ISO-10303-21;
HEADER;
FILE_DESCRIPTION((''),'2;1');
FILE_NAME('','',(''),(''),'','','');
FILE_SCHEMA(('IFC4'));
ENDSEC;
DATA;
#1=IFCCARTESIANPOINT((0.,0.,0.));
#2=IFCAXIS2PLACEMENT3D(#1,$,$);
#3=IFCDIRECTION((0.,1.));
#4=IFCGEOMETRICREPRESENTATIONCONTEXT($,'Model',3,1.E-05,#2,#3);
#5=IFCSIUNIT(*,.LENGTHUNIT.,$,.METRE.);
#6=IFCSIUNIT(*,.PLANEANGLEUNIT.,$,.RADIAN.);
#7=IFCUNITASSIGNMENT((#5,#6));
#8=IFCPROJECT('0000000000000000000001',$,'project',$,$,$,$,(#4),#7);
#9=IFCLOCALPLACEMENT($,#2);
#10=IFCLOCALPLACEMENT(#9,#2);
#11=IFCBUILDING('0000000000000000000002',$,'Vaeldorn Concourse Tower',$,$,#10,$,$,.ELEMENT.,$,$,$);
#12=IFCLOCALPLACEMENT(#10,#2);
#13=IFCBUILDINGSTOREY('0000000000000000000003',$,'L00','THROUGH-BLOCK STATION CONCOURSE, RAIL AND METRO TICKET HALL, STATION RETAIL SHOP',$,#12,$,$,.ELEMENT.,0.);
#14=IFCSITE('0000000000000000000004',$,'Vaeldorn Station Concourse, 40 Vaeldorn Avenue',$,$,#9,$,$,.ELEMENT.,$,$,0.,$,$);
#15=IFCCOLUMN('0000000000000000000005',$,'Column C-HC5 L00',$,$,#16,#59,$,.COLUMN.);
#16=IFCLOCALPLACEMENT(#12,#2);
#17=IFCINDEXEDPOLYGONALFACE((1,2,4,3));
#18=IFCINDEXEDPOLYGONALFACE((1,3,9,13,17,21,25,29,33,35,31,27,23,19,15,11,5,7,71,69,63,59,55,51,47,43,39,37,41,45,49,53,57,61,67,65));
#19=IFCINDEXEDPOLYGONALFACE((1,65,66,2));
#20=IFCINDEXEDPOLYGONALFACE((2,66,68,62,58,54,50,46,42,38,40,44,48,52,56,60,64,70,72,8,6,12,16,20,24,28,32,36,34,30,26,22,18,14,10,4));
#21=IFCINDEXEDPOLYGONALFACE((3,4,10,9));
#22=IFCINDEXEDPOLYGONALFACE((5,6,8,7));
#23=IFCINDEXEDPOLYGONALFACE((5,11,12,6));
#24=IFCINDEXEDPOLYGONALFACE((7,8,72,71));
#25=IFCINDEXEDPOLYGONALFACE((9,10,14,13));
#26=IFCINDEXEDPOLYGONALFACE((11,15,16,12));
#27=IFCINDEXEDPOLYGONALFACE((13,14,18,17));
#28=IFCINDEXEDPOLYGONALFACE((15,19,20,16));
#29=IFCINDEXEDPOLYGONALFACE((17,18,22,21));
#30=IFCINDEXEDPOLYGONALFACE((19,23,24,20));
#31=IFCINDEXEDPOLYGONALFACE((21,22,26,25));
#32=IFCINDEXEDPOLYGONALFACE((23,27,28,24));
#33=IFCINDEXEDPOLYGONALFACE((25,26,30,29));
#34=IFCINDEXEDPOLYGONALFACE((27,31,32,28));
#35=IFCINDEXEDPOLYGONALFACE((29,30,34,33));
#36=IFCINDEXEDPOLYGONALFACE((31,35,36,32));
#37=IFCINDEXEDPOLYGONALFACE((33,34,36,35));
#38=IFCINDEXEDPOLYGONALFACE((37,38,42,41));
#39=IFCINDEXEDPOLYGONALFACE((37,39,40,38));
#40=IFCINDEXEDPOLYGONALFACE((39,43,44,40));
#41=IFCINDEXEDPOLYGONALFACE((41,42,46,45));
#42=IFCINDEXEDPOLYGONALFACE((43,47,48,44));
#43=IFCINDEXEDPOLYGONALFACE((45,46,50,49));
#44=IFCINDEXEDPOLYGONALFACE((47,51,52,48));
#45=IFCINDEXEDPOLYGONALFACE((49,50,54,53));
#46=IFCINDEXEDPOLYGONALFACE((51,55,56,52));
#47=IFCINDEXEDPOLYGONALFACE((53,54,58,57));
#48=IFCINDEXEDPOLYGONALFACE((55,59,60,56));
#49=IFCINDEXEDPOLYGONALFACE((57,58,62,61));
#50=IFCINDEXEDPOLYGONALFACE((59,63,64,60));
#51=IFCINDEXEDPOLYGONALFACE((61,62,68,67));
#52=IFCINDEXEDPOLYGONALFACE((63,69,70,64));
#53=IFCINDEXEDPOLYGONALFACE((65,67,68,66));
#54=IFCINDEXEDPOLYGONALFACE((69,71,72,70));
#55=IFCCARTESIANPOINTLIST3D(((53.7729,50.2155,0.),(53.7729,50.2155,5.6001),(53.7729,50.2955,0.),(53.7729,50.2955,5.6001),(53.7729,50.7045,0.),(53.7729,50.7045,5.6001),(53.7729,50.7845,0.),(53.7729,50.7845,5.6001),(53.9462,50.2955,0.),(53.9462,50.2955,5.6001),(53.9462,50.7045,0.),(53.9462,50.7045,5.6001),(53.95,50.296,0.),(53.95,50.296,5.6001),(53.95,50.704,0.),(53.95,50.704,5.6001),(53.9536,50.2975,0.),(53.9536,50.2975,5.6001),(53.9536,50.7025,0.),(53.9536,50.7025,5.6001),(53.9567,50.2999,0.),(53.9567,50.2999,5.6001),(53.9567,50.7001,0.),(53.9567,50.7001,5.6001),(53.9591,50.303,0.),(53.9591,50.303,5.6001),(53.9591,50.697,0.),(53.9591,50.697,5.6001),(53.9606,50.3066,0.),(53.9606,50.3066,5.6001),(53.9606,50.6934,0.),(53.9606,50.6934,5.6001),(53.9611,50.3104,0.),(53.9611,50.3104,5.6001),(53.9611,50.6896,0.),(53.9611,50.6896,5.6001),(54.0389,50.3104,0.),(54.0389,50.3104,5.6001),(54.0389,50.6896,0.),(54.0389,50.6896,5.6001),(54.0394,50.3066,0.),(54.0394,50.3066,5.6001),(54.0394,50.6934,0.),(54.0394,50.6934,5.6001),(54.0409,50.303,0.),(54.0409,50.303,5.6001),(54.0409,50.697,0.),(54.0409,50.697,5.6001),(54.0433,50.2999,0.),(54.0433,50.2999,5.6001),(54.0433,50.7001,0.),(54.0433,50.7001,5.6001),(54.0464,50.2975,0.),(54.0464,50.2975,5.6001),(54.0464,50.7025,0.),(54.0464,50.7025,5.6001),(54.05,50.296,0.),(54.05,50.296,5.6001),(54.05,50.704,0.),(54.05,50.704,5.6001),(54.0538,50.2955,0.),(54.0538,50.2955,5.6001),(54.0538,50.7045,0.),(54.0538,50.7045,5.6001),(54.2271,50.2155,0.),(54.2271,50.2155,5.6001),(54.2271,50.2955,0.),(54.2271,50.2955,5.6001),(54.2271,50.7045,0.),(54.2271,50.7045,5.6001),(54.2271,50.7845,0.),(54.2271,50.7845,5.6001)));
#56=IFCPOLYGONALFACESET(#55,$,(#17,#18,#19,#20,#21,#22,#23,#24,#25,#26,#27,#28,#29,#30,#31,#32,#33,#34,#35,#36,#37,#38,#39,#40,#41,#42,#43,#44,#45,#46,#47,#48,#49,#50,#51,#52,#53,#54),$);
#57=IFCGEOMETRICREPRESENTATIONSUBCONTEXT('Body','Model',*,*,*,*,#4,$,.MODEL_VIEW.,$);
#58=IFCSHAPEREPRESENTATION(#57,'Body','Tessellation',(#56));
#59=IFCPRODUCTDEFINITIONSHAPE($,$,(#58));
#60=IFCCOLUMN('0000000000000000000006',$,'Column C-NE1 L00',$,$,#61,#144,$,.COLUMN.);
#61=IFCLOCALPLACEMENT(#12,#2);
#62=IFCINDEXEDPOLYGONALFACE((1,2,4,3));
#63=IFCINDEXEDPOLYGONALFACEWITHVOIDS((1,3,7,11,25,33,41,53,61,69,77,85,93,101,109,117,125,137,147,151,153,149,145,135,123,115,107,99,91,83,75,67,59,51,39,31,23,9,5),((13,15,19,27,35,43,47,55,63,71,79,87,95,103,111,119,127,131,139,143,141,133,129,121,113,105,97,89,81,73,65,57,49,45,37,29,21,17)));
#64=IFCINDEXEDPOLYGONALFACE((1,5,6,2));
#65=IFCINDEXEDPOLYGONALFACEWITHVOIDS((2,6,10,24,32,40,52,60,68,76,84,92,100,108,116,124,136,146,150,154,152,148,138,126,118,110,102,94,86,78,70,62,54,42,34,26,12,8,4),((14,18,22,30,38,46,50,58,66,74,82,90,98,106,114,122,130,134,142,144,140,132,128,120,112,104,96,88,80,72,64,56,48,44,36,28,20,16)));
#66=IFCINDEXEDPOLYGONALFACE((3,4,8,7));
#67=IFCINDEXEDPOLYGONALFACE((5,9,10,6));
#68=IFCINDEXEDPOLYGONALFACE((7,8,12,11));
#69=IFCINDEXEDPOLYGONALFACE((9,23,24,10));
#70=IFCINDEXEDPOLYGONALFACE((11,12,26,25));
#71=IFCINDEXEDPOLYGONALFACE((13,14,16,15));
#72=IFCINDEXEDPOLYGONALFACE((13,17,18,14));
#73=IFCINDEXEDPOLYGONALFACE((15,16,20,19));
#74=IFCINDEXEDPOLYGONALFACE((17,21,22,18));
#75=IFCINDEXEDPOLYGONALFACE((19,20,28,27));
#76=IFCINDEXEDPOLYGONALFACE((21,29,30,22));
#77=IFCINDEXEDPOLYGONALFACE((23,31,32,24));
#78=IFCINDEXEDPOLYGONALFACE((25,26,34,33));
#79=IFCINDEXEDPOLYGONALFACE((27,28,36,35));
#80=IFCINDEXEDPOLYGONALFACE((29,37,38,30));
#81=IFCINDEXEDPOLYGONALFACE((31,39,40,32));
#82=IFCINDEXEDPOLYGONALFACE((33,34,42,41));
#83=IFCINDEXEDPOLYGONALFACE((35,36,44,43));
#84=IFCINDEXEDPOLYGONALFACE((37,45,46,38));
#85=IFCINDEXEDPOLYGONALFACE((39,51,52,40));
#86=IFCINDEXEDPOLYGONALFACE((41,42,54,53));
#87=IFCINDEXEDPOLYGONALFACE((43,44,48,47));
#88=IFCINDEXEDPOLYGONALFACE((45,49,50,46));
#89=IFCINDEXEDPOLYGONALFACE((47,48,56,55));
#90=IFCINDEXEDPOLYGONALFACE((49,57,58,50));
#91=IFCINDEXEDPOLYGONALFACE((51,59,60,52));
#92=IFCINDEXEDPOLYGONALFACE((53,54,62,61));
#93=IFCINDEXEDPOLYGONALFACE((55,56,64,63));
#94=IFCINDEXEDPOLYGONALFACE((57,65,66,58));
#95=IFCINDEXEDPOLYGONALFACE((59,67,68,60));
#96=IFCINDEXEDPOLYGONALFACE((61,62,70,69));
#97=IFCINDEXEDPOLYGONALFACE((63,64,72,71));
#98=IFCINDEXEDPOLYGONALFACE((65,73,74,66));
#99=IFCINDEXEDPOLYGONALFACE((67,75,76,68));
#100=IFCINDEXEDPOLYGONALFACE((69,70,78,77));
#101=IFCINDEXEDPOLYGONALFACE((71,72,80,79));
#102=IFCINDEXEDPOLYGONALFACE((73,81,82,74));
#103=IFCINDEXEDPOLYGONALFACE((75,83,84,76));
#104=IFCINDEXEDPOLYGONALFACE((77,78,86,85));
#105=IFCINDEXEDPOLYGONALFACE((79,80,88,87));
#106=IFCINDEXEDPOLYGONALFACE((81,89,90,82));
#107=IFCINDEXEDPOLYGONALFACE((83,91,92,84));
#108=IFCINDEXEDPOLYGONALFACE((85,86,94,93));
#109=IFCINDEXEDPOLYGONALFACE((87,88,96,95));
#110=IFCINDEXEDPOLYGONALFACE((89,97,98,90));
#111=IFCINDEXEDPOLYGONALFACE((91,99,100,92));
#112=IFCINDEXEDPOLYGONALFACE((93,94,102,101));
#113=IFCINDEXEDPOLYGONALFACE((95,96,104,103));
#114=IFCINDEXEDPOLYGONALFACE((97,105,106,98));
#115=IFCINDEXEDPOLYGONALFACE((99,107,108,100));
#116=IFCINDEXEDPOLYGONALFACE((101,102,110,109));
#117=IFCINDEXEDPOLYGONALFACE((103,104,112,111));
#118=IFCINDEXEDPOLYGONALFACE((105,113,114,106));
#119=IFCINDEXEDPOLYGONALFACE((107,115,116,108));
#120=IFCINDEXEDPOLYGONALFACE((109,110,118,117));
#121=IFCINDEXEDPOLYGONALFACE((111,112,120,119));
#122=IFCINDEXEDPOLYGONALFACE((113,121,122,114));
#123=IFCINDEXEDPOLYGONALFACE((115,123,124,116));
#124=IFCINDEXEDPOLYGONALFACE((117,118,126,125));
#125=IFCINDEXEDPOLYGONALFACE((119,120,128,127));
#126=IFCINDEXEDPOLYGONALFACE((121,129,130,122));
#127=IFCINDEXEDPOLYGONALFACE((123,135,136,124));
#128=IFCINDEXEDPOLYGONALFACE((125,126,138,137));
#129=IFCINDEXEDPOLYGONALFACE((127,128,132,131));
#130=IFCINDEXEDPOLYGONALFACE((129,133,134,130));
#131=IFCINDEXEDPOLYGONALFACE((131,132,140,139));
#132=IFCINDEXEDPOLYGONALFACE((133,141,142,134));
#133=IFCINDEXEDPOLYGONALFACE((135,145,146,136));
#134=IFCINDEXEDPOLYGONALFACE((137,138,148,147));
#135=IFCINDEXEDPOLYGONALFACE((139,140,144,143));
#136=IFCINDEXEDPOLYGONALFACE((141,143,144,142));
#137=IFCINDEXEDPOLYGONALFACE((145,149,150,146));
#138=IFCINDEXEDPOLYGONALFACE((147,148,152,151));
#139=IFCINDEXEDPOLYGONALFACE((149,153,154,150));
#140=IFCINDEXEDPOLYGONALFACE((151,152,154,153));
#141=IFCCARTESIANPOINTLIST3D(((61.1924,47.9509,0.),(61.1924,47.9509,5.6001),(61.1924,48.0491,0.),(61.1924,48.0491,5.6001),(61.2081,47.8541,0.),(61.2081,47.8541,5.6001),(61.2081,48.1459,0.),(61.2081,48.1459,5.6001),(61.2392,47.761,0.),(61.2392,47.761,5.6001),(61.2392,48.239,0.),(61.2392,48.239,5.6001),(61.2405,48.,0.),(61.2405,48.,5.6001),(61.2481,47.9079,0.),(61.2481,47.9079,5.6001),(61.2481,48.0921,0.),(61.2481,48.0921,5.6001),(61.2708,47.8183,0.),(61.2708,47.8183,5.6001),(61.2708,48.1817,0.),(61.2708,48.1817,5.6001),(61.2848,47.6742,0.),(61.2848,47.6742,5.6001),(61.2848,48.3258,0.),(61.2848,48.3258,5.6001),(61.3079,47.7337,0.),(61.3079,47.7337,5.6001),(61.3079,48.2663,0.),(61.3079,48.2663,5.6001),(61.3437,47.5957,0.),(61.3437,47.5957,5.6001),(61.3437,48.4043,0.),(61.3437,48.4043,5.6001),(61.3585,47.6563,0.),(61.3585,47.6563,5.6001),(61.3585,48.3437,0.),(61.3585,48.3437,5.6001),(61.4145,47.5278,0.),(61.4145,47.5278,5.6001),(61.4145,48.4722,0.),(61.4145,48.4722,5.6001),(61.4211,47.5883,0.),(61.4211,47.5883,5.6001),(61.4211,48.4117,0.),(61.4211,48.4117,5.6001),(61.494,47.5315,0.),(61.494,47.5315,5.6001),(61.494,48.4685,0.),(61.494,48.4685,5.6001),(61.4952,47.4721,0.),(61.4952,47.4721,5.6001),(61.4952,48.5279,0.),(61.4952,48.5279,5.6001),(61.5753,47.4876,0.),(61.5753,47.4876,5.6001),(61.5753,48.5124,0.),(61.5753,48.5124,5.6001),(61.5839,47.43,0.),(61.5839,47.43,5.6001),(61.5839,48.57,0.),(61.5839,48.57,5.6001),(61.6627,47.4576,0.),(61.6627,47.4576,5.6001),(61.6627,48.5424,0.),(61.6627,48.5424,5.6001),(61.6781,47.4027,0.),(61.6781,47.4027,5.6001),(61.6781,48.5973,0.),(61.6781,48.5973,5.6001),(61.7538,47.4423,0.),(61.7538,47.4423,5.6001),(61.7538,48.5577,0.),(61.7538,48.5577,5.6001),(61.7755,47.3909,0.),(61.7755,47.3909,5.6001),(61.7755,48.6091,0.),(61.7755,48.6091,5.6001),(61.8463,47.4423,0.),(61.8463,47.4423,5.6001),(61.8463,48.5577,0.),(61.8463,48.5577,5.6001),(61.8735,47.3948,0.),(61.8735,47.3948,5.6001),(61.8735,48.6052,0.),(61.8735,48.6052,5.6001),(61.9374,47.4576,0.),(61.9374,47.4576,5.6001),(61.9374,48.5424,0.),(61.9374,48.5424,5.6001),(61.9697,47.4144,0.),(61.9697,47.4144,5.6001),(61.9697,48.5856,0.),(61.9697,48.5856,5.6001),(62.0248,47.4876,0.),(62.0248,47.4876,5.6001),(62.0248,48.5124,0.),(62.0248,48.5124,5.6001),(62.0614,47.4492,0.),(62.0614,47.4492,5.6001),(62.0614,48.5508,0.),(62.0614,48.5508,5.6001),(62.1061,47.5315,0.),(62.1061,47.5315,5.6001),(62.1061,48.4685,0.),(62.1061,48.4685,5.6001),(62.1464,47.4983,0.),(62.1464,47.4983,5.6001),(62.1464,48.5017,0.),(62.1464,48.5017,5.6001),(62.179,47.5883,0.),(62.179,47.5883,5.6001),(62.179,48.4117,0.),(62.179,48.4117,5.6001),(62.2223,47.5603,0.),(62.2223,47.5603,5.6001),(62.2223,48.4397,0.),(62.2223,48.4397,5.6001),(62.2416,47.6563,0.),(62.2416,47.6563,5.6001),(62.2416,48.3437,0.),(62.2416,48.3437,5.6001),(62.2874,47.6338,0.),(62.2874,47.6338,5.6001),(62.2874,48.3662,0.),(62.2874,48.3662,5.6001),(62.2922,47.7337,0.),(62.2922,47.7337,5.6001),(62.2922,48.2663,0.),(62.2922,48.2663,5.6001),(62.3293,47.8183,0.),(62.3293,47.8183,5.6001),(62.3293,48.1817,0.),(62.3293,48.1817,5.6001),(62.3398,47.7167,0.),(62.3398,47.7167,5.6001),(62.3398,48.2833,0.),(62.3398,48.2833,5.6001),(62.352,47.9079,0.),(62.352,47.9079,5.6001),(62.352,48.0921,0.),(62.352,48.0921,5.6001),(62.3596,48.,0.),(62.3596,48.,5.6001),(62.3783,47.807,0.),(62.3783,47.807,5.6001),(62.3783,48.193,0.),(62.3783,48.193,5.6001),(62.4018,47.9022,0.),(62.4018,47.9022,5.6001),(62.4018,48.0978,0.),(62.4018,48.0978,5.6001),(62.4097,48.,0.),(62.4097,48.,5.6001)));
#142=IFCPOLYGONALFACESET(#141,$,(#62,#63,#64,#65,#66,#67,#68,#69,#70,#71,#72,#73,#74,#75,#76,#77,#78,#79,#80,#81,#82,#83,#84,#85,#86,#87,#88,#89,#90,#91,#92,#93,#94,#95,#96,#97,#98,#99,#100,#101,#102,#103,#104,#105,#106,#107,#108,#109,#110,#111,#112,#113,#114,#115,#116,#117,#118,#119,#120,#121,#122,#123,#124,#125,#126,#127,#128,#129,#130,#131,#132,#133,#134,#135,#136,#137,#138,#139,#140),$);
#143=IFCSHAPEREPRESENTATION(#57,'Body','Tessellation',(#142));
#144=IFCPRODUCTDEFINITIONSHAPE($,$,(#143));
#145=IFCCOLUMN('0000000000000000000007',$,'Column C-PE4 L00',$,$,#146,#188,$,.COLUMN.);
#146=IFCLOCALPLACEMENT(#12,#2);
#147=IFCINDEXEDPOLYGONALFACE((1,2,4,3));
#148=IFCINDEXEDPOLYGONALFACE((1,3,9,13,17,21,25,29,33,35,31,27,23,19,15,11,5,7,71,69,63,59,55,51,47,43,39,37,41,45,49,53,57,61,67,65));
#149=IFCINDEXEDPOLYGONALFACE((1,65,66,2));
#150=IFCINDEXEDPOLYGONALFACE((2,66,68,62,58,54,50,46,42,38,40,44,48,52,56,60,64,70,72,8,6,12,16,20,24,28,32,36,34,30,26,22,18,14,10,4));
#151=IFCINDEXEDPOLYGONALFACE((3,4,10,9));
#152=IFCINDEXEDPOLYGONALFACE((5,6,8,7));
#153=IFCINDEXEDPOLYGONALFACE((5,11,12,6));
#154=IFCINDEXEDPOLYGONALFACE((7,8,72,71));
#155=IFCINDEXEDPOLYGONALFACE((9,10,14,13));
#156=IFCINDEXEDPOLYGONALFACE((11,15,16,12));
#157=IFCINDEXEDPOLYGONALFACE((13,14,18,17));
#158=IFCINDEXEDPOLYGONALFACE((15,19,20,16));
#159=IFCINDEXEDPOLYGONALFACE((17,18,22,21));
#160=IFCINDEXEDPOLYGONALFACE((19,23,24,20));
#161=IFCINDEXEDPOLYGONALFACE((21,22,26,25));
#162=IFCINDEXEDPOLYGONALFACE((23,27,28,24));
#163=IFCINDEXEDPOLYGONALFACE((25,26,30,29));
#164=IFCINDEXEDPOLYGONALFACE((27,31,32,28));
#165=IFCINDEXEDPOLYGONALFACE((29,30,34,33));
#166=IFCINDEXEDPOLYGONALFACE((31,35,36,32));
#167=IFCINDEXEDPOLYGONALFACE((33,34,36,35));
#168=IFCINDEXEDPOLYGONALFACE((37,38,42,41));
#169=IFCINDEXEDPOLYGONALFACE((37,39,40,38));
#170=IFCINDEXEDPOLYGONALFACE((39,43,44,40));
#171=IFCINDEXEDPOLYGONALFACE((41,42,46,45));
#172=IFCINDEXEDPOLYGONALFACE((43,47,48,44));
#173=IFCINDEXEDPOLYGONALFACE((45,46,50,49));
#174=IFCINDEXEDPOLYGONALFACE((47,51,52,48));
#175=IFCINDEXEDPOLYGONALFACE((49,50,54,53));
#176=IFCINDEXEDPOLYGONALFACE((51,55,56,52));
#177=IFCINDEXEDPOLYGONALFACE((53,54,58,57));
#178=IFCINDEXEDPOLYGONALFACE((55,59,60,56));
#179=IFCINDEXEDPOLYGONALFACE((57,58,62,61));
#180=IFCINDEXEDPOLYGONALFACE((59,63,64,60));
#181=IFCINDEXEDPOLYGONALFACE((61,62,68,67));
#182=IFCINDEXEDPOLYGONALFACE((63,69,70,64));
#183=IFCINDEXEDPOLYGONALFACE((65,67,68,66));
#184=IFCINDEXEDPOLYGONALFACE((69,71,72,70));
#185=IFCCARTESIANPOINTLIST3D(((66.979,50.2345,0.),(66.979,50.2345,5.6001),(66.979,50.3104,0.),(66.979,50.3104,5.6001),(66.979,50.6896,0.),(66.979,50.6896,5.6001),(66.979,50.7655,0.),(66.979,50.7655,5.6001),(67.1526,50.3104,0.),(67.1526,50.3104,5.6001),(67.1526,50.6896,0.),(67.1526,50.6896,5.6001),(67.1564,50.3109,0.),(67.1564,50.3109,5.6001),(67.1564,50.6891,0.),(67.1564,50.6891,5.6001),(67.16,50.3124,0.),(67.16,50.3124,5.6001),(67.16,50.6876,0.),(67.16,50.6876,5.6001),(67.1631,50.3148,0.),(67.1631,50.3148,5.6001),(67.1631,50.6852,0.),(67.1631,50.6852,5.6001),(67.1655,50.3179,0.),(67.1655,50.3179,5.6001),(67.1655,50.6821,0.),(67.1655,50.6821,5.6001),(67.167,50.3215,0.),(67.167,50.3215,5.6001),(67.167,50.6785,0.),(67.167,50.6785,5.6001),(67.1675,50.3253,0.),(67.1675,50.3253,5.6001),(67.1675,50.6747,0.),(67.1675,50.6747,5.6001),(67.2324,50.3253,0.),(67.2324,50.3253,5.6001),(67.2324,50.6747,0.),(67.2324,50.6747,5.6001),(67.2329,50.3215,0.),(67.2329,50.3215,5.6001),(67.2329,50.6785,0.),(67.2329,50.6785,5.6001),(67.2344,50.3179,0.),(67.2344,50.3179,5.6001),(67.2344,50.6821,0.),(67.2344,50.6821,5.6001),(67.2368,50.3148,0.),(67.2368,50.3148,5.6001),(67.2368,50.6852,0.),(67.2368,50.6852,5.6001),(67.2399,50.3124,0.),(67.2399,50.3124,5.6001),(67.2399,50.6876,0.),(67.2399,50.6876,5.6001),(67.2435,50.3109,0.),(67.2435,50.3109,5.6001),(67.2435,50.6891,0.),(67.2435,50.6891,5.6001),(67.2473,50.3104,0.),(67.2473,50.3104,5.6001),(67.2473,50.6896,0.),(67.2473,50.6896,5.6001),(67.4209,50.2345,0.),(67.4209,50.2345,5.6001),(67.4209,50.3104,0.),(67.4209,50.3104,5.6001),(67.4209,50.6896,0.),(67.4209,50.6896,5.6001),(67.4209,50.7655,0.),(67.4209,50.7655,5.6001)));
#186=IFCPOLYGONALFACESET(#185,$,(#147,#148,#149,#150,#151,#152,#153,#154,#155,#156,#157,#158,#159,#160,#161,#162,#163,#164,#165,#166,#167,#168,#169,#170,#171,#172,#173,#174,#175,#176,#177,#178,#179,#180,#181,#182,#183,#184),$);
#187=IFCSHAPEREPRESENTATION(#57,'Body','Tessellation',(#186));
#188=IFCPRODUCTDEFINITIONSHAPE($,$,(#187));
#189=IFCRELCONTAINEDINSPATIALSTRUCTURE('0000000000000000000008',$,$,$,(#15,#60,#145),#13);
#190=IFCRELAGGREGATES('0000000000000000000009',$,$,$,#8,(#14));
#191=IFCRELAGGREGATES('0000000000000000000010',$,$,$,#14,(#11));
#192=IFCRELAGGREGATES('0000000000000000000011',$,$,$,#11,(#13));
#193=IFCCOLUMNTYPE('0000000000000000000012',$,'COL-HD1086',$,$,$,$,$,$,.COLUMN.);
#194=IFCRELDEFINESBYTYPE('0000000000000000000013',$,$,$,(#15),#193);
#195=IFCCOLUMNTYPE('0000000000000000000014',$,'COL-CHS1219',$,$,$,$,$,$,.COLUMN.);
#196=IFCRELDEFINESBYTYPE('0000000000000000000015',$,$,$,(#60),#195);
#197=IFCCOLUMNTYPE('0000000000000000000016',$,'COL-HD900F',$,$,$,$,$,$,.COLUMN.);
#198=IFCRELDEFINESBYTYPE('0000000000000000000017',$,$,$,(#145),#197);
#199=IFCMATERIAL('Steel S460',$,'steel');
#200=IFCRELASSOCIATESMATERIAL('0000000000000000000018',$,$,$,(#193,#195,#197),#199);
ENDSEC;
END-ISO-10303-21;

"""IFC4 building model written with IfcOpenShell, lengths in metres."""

from ifc_helpers import new_model, si_unit, direction, frame, origin, origin_2d, place, context, subcontext, project, spatial, hollow_circle, i_section, extrude, source, transform, mapped, material, material_profile, profile_set, type_object, element, save


model = new_model("IFC4")

# Units and contexts
model_context = context("Model", 3, precision=1e-05, world=origin(), true_north=direction((0.0, 1.0)))
body_context = subcontext(model_context, "Body", "Model", "MODEL_VIEW")
ifc_project = project(units=[si_unit("LENGTHUNIT", "METRE"), si_unit("PLANEANGLEUNIT", "RADIAN")], contexts=[model_context])

# Site, building, storey
site_placement = place(None, origin())
site = spatial("IfcSite", under=ifc_project, at=site_placement, Name="Vaeldorn Station Concourse, 40 Vaeldorn Avenue", CompositionType="ELEMENT", RefElevation=0.0)
building_placement = place(site_placement, origin())
building = spatial("IfcBuilding", under=site, at=building_placement, Name="Vaeldorn Concourse Tower", CompositionType="ELEMENT")
storey_placement = place(building_placement, origin())
storey = spatial("IfcBuildingStorey", under=building, at=storey_placement, Name="L00", Description="THROUGH-BLOCK STATION CONCOURSE, RAIL AND METRO TICKET HALL, STATION RETAIL SHOP", CompositionType="ELEMENT", Elevation=0.0)

# Columns
ifc_material_1 = material(Name="Steel S460", Category="steel")
ifc_material_profile_1 = material_profile(ifc_material_1, i_section(OverallWidth=0.4541, OverallDepth=0.5691, WebThickness=0.0779, FlangeThickness=0.0801, FilletRadius=0.0149, at=origin_2d()), Name="HD 400x1086")
ifc_profile_set_1 = profile_set([ifc_material_profile_1], Name="Steel S460")
column_type_1 = type_object("IfcColumnType", Name="COL-HD1086", PredefinedType="COLUMN", material=ifc_profile_set_1)
shared_shape_1 = source(origin(), body_context, "Body", "SweptSolid", [
    extrude(i_section(OverallWidth=0.4541, OverallDepth=0.5691, WebThickness=0.0779, FlangeThickness=0.0801, FilletRadius=0.0149, at=origin_2d()), origin(), (0.0, 0.0, 1.0), 5.6001),
])
column_1_placement = place(storey_placement, frame((54.0, 50.5, 0.0), z_axis=(0.0, 0.0, 1.0), x_axis=(1.0, 0.0, 0.0)))
element("IfcColumn", 1, at=column_1_placement, inside=storey, type_object=column_type_1, Name="Column C-HC5 L00", PredefinedType="COLUMN", context=body_context, shape_type="MappedRepresentation", body=[
    mapped(shared_shape_1, transform((0.0, 0.0, 0.0), scale=1.0)),
])
ifc_material_profile_2 = material_profile(ifc_material_1, hollow_circle(Radius=0.6096, WallThickness=0.05, at=origin_2d()), Name="CHS 1219x50")
ifc_profile_set_2 = profile_set([ifc_material_profile_2], Name="Steel S460")
column_type_2 = type_object("IfcColumnType", Name="COL-CHS1219", PredefinedType="COLUMN", material=ifc_profile_set_2)
shared_shape_2 = source(origin(), body_context, "Body", "SweptSolid", [
    extrude(hollow_circle(Radius=0.6096, WallThickness=0.05, at=origin_2d()), origin(), (0.0, 0.0, 1.0), 5.6001),
])
column_2_placement = place(storey_placement, frame((61.8, 48.0, 0.0), z_axis=(0.0, 0.0, 1.0), x_axis=(1.0, 0.0, 0.0)))
element("IfcColumn", 2, at=column_2_placement, inside=storey, type_object=column_type_2, Name="Column C-NE1 L00", PredefinedType="COLUMN", context=body_context, shape_type="MappedRepresentation", body=[
    mapped(shared_shape_2, transform((0.0, 0.0, 0.0), scale=1.0)),
])
ifc_material_profile_3 = material_profile(ifc_material_1, i_section(OverallWidth=0.4419, OverallDepth=0.531, WebThickness=0.0649, FlangeThickness=0.0759, FilletRadius=0.0149, at=origin_2d()), Name="HD 400x900")
ifc_profile_set_3 = profile_set([ifc_material_profile_3], Name="Steel S460")
column_type_3 = type_object("IfcColumnType", Name="COL-HD900F", PredefinedType="COLUMN", material=ifc_profile_set_3)
shared_shape_3 = source(origin(), body_context, "Body", "SweptSolid", [
    extrude(i_section(OverallWidth=0.4419, OverallDepth=0.531, WebThickness=0.0649, FlangeThickness=0.0759, FilletRadius=0.0149, at=origin_2d()), origin(), (0.0, 0.0, 1.0), 5.6001),
])
column_3_placement = place(storey_placement, frame((67.2, 50.5, 0.0), z_axis=(0.0, 0.0, 1.0), x_axis=(1.0, 0.0, 0.0)))
element("IfcColumn", 3, at=column_3_placement, inside=storey, type_object=column_type_3, Name="Column C-PE4 L00", PredefinedType="COLUMN", context=body_context, shape_type="MappedRepresentation", body=[
    mapped(shared_shape_3, transform((0.0, 0.0, 0.0), scale=1.0)),
])

save(model, "model.ifc")
